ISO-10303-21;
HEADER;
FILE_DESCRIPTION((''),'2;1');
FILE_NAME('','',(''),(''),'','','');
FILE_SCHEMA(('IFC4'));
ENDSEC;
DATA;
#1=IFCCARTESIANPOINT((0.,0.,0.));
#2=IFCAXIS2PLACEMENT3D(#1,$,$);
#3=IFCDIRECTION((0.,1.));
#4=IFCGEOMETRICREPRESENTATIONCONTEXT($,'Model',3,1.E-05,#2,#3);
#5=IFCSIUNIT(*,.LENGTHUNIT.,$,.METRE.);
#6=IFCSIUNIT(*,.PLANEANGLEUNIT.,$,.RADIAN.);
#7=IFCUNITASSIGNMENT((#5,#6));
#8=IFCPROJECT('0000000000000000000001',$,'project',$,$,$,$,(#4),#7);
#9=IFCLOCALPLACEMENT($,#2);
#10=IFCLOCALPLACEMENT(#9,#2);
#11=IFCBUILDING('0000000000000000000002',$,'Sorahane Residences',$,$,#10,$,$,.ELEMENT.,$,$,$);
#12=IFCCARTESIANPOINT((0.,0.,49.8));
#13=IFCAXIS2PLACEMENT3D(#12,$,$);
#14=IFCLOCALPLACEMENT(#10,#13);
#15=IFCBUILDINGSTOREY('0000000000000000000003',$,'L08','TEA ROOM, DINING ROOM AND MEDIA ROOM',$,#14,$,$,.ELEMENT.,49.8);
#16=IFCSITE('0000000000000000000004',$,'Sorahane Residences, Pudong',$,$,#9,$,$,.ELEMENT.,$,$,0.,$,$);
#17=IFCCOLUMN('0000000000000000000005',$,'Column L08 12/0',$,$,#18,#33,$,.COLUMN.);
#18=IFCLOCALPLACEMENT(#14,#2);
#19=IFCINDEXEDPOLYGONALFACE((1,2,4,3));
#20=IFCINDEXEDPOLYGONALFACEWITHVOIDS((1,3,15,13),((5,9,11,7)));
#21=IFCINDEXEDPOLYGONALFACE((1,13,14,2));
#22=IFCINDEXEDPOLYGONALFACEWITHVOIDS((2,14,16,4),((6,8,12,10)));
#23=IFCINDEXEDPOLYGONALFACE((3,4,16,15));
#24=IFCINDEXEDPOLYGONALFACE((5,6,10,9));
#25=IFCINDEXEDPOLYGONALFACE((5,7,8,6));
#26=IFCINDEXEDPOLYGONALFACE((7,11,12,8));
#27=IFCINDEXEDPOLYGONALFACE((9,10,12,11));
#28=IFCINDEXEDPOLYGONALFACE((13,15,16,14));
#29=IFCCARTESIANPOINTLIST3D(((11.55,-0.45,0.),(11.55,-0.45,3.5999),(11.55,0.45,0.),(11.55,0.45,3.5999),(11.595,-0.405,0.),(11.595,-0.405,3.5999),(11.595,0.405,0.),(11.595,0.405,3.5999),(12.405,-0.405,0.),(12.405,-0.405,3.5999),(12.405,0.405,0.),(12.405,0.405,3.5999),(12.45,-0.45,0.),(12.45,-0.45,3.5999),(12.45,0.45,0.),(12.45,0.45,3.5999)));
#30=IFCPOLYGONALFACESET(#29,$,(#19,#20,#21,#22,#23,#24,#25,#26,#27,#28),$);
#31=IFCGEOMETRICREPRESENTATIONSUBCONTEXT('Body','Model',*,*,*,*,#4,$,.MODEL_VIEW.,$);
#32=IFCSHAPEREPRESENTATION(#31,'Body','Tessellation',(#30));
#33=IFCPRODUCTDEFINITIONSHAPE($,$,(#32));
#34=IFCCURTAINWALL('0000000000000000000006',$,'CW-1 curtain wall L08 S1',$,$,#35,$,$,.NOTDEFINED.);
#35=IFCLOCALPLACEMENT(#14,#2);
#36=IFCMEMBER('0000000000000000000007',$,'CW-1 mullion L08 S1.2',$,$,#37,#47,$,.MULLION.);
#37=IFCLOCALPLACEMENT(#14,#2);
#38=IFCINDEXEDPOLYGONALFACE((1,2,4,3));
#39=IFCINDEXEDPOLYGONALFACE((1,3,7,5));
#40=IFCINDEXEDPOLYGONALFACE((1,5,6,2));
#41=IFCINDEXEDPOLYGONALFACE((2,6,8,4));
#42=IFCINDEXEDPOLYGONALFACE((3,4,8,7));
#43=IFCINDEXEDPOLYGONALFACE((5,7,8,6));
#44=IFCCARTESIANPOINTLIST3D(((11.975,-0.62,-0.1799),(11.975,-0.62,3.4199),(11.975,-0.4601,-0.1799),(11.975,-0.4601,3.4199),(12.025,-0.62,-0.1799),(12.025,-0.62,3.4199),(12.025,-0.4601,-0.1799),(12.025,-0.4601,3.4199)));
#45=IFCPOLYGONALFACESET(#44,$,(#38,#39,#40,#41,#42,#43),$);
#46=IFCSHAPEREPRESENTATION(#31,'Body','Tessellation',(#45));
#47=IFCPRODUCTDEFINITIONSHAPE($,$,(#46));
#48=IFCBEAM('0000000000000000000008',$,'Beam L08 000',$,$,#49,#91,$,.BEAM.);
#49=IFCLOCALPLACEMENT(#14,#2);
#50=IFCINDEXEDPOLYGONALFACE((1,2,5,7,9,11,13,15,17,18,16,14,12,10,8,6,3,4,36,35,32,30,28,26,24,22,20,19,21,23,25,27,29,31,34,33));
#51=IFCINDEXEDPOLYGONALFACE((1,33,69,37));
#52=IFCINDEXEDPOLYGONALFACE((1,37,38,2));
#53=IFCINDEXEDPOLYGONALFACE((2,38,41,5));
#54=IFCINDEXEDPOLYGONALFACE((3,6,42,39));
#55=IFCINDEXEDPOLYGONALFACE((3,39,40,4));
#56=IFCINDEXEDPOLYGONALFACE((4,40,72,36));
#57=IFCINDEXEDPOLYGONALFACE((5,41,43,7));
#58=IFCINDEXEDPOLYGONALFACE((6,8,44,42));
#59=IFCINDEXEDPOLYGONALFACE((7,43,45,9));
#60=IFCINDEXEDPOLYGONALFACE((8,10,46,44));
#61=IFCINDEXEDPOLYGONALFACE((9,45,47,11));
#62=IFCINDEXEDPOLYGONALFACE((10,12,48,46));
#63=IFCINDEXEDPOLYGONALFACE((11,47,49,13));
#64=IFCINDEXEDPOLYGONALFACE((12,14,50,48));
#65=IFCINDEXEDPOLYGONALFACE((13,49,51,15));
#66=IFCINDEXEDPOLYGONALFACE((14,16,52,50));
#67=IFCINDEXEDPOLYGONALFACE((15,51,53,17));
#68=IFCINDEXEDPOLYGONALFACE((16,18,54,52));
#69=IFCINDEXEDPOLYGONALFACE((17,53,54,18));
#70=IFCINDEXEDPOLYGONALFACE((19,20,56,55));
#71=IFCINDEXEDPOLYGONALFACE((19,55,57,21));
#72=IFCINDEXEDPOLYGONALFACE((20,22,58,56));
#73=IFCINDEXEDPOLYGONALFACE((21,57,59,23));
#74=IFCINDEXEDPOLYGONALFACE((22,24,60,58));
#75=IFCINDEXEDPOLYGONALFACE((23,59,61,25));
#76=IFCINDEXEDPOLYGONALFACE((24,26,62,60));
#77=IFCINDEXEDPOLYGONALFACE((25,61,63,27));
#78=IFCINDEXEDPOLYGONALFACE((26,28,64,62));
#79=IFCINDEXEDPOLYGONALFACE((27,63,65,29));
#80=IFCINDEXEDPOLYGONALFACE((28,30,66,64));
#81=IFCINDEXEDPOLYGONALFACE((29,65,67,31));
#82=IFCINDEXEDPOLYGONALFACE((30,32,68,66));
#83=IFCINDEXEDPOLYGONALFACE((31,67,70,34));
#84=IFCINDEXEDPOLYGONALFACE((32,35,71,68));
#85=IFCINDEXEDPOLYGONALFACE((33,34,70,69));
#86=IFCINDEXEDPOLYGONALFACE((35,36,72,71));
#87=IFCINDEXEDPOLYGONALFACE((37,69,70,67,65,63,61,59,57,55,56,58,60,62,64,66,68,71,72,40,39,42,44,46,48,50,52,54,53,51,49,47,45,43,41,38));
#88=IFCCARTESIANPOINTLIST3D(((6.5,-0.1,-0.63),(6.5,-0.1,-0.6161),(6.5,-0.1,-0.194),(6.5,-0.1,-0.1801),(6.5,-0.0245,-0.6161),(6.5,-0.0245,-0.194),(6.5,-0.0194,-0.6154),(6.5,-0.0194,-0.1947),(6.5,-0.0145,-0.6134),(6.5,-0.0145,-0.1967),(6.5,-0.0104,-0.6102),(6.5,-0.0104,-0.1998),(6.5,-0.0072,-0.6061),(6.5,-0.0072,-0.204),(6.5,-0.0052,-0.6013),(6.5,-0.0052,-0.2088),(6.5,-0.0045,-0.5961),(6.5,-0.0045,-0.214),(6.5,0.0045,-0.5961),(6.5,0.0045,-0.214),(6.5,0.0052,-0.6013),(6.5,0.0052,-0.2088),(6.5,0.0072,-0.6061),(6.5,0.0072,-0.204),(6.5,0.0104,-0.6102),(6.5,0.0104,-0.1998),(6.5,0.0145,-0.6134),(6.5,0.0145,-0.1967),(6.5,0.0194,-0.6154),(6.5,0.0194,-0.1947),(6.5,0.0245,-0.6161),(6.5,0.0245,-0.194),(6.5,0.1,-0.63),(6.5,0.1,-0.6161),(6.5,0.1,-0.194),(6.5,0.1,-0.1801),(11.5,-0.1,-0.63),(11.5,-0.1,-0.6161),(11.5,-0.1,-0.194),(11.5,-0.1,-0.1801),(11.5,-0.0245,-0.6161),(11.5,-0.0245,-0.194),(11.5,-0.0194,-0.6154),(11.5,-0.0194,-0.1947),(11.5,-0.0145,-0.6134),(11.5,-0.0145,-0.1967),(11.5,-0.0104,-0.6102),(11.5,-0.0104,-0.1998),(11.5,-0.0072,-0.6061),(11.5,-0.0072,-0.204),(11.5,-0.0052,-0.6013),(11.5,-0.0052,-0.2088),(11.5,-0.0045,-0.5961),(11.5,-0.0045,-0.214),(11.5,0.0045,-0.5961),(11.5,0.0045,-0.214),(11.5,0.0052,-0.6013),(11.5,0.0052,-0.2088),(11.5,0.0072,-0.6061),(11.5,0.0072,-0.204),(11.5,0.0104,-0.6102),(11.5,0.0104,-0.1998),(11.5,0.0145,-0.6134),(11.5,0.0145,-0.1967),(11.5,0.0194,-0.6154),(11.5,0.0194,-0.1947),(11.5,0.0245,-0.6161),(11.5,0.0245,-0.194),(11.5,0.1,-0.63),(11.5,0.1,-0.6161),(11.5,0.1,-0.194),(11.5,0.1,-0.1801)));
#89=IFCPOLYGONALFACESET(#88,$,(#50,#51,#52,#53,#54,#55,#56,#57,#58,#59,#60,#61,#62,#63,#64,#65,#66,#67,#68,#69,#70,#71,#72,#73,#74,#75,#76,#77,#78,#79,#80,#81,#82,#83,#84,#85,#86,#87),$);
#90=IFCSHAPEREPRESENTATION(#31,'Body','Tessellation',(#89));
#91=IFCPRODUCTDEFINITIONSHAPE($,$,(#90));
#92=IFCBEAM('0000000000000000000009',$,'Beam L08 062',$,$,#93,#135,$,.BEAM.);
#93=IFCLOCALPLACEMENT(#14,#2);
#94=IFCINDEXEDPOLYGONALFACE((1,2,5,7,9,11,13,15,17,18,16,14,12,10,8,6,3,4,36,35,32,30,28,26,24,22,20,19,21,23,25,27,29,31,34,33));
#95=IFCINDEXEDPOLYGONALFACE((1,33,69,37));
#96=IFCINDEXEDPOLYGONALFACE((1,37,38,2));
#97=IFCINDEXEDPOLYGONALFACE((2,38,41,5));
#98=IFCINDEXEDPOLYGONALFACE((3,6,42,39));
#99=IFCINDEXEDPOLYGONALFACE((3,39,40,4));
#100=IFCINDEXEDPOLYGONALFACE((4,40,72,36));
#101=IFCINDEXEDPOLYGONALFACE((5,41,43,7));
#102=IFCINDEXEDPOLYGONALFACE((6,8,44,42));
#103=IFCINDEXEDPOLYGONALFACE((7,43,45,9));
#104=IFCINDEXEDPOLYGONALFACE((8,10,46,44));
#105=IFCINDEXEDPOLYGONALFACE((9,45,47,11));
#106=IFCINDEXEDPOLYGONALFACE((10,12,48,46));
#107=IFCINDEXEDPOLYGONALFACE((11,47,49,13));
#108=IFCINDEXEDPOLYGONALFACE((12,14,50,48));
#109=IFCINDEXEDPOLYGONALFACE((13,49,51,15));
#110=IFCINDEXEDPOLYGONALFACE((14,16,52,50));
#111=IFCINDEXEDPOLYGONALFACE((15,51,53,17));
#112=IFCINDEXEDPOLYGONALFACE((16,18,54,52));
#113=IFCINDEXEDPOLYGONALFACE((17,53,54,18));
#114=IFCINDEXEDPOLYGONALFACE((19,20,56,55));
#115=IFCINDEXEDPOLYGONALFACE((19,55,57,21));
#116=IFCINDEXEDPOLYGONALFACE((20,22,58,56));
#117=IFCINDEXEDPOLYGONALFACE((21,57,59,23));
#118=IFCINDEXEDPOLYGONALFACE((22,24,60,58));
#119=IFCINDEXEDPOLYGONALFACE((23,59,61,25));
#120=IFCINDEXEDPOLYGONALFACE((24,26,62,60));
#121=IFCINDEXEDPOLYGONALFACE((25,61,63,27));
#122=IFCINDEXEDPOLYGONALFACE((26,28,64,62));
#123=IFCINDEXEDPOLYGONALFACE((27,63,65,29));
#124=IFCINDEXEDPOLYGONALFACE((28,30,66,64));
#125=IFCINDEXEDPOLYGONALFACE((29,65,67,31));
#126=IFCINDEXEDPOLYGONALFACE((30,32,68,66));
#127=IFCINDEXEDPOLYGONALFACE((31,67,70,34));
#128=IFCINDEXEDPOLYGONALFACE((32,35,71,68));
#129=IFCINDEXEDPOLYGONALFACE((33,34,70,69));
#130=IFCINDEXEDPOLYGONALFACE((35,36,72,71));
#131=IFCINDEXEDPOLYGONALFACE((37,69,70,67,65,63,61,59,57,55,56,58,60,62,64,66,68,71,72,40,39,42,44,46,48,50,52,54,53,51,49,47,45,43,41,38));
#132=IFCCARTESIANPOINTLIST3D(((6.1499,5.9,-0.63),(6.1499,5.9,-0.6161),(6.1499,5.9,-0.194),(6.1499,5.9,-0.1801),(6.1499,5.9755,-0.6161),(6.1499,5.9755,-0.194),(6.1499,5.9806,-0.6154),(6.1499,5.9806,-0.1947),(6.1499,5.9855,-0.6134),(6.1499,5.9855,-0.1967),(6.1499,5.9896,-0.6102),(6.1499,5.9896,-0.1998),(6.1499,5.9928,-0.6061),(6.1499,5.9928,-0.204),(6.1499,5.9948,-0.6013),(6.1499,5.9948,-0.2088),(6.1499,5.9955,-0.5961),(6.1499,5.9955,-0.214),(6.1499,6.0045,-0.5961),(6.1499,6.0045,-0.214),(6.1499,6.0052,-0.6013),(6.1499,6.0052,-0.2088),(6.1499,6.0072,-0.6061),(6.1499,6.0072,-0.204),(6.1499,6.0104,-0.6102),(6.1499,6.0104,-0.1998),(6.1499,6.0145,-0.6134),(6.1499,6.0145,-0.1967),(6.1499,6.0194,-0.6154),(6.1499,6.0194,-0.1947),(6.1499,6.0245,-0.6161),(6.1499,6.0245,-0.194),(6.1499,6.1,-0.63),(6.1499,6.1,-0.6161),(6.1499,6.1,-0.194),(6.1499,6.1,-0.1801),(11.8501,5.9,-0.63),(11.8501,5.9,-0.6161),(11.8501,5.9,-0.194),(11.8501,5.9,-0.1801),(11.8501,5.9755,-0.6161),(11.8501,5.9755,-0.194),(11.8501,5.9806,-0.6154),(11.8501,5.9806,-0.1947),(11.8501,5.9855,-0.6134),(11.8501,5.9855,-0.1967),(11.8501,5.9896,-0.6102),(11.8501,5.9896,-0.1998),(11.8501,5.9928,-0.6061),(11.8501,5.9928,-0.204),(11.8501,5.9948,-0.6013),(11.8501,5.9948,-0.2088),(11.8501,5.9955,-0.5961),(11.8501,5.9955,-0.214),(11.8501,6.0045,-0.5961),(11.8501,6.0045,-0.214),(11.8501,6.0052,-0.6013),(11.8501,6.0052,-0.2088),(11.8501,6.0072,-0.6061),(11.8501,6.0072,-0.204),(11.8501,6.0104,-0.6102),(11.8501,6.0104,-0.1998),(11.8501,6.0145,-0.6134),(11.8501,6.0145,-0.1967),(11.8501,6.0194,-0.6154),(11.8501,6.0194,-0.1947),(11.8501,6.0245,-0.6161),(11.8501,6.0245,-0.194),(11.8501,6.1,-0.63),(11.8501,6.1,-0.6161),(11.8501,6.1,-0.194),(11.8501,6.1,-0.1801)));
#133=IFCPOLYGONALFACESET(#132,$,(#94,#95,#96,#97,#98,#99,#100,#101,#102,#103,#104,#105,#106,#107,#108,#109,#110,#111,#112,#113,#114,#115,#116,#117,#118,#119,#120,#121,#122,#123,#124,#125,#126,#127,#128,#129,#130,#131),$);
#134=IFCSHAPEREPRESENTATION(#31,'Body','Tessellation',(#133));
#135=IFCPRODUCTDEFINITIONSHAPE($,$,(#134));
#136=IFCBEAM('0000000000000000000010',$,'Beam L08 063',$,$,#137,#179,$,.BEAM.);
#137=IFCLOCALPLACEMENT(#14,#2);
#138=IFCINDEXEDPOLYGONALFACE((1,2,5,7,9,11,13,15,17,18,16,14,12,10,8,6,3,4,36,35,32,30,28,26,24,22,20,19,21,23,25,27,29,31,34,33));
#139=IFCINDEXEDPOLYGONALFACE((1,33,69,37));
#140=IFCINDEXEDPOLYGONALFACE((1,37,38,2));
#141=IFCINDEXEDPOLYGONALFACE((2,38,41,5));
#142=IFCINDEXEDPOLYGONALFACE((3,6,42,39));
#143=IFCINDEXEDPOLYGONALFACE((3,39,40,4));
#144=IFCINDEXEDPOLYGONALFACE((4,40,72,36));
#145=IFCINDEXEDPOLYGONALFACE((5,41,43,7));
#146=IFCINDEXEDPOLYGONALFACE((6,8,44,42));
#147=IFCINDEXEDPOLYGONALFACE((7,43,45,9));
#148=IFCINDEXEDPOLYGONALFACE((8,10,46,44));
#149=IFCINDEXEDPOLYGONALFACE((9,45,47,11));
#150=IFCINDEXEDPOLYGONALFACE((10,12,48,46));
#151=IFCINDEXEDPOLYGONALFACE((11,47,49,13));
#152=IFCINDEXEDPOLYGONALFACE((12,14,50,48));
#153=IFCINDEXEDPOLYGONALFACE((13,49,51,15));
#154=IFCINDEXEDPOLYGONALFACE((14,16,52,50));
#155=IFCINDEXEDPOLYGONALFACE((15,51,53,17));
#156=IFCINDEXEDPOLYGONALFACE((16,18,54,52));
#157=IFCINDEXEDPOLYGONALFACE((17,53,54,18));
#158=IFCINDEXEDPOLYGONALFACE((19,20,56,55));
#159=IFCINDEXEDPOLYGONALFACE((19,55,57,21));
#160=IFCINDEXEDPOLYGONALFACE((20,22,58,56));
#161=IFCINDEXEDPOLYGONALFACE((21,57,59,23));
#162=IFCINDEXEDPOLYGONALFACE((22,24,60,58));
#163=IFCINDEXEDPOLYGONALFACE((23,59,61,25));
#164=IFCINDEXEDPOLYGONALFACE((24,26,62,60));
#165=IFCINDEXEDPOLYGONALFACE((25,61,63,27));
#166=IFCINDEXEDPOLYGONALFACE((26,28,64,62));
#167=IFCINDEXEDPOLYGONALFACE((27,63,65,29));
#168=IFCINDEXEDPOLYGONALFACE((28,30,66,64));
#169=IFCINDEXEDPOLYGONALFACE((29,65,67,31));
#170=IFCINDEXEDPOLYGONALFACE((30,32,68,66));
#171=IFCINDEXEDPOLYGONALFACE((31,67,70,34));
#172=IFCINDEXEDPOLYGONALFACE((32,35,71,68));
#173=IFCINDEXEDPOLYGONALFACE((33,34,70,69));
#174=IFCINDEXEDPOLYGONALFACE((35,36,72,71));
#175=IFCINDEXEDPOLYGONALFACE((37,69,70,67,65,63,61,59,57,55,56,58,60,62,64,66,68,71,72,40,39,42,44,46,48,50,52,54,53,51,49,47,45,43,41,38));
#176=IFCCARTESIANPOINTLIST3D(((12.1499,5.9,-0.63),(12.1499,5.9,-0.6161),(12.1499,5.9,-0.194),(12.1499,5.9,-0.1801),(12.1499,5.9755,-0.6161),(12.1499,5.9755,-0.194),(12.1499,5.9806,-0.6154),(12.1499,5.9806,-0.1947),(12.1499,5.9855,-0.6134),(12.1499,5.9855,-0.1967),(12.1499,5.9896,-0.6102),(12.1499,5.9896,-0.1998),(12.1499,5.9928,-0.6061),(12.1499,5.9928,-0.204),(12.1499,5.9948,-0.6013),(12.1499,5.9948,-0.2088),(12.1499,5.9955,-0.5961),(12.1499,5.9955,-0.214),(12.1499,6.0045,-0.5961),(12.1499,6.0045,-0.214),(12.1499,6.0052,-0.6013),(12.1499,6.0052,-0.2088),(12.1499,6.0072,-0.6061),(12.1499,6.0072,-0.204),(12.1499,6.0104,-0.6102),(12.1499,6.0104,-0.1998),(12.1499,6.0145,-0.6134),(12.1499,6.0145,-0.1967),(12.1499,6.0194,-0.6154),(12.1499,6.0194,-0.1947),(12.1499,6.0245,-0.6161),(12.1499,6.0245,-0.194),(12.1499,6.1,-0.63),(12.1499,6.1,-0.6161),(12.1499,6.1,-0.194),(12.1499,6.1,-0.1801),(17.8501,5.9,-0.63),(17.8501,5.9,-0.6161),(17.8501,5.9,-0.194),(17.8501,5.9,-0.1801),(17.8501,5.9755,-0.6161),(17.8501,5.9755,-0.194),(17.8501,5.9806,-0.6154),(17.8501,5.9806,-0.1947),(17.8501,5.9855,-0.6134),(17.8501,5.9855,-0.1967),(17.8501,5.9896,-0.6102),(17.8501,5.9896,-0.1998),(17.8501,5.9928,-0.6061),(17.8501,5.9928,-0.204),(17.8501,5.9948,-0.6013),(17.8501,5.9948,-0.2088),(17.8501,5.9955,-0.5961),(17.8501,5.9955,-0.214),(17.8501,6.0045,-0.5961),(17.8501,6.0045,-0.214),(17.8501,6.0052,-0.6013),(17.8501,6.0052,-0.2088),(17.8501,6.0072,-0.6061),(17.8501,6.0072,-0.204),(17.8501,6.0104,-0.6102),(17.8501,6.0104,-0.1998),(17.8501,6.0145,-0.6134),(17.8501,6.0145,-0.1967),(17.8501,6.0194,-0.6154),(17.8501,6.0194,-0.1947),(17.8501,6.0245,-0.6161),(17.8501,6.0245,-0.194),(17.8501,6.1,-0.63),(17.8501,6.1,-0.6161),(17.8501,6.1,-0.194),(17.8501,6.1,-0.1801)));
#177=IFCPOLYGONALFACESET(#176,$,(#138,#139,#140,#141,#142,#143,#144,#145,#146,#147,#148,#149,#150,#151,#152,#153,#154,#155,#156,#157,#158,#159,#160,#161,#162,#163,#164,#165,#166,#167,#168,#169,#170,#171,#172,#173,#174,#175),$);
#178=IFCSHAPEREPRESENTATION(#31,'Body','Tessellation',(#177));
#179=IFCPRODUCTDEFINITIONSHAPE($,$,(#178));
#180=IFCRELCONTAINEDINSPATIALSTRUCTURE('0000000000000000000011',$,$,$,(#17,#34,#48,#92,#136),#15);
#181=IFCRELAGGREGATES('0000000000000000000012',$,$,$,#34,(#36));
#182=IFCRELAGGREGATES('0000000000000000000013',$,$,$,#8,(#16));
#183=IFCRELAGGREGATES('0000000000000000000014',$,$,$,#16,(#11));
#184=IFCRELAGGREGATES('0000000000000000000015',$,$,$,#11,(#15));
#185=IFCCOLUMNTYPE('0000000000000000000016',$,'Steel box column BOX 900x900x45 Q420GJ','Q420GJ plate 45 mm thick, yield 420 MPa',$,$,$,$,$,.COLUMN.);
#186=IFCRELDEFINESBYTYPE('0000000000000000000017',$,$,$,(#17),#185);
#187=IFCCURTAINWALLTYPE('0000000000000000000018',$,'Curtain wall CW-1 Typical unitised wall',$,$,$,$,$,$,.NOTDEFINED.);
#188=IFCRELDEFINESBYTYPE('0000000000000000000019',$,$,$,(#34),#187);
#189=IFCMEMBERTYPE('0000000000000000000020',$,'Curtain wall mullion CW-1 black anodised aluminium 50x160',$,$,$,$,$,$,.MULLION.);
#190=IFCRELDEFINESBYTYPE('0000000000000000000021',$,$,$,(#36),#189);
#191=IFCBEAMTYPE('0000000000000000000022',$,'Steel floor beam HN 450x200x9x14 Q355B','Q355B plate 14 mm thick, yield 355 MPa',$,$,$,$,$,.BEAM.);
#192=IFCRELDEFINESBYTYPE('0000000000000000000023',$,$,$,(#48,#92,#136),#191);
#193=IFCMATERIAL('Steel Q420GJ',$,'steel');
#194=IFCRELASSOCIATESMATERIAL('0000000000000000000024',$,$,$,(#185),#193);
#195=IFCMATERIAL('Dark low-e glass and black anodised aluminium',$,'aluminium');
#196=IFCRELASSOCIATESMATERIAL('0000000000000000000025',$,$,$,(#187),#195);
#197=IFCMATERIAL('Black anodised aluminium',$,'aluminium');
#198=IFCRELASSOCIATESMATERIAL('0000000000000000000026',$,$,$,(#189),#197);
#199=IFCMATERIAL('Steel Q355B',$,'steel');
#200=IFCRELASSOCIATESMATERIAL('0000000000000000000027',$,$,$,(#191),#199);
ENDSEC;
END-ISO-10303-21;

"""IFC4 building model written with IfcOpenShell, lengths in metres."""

from ifc_helpers import new_model, si_unit, direction, frame, origin, origin_2d, place, context, subcontext, project, spatial, rectangle, hollow_rectangle, i_section, extrude, material, material_profile, profile_set, type_object, element, aggregate, save


model = new_model("IFC4")

# Units and contexts
model_context = context("Model", 3, precision=1e-05, world=origin(), true_north=direction((0.0, 1.0)))
body_context = subcontext(model_context, "Body", "Model", "MODEL_VIEW")
ifc_project = project(units=[si_unit("LENGTHUNIT", "METRE"), si_unit("PLANEANGLEUNIT", "RADIAN")], contexts=[model_context])

# Site, building, storey
site_placement = place(None, origin())
site = spatial("IfcSite", under=ifc_project, at=site_placement, Name="Sorahane Residences, Pudong", CompositionType="ELEMENT", RefElevation=0.0)
building_placement = place(site_placement, origin())
building = spatial("IfcBuilding", under=site, at=building_placement, Name="Sorahane Residences", CompositionType="ELEMENT")
storey_placement = place(building_placement, frame((0.0, 0.0, 49.8)))
storey = spatial("IfcBuildingStorey", under=building, at=storey_placement, Name="L08", Description="TEA ROOM, DINING ROOM AND MEDIA ROOM", CompositionType="ELEMENT", Elevation=49.8)

# Column
ifc_material_1 = material(Name="Steel Q420GJ", Category="steel")
ifc_material_profile_1 = material_profile(ifc_material_1, hollow_rectangle(XDim=0.8999, YDim=0.8999, WallThickness=0.0449, at=origin_2d()), Name="BOX 900x900x45")
ifc_profile_set_1 = profile_set([ifc_material_profile_1], Name="Steel Q420GJ")
column_type = type_object("IfcColumnType", Name="Steel box column BOX 900x900x45 Q420GJ", Description="Q420GJ plate 45 mm thick, yield 420 MPa", PredefinedType="COLUMN", material=ifc_profile_set_1)
column_placement = place(storey_placement, frame((12.0, 0.0, 0.0), z_axis=(0.0, 0.0, 1.0), x_axis=(1.0, 0.0, 0.0)))
element("IfcColumn", 1, at=column_placement, inside=storey, type_object=column_type, Name="Column L08 12/0", PredefinedType="COLUMN", context=body_context, shape_type="SweptSolid", body=[
    extrude(hollow_rectangle(XDim=0.8999, YDim=0.8999, WallThickness=0.0449, at=origin_2d()), origin(), (0.0, 0.0, 1.0), 3.5999),
])

# Curtain wall, member
ifc_material_2 = material(Name="Dark low-e glass and black anodised aluminium", Category="aluminium")
curtain_wall_type = type_object("IfcCurtainWallType", Name="Curtain wall CW-1 Typical unitised wall", PredefinedType="NOTDEFINED", material=ifc_material_2)
curtain_wall_placement = place(storey_placement, origin())
curtain_wall = element("IfcCurtainWall", 2, at=curtain_wall_placement, inside=storey, type_object=curtain_wall_type, Name="CW-1 curtain wall L08 S1", PredefinedType="NOTDEFINED")
ifc_material_3 = material(Name="Black anodised aluminium", Category="aluminium")
ifc_material_profile_2 = material_profile(ifc_material_3, rectangle(XDim=0.1599, YDim=0.05, at=origin_2d()), Name="Curtain wall mullion CW-1 black anodised aluminium 50x160")
ifc_profile_set_2 = profile_set([ifc_material_profile_2], Name="Black anodised aluminium")
member_type = type_object("IfcMemberType", Name="Curtain wall mullion CW-1 black anodised aluminium 50x160", PredefinedType="MULLION", material=ifc_profile_set_2)
member_placement = place(storey_placement, frame((12.0, -0.54, -0.1799), z_axis=(0.0, 0.0, 1.0), x_axis=(0.0, -1.0, 0.0)))
member = element("IfcMember", 3, at=member_placement, type_object=member_type, Name="CW-1 mullion L08 S1.2", PredefinedType="MULLION", context=body_context, shape_type="SweptSolid", body=[
    extrude(rectangle(XDim=0.1599, YDim=0.05, at=origin_2d()), origin(), (0.0, 0.0, 1.0), 3.5999),
])

# Beams
ifc_material_4 = material(Name="Steel Q355B", Category="steel")
ifc_material_profile_3 = material_profile(ifc_material_4, i_section(OverallWidth=0.2, OverallDepth=0.45, WebThickness=0.009, FlangeThickness=0.0139, FilletRadius=0.02, at=origin_2d()), Name="HN 450x200x9x14")
ifc_profile_set_3 = profile_set([ifc_material_profile_3], Name="Steel Q355B")
beam_type_1 = type_object("IfcBeamType", Name="Steel floor beam HN 450x200x9x14 Q355B", Description="Q355B plate 14 mm thick, yield 355 MPa", PredefinedType="BEAM", material=ifc_profile_set_3)
beam_1_placement = place(storey_placement, frame((6.5, 0.0, -0.405), z_axis=(1.0, 0.0, 0.0), x_axis=(0.0, 1.0, 0.0)))
element("IfcBeam", 4, at=beam_1_placement, inside=storey, type_object=beam_type_1, Name="Beam L08 000", PredefinedType="BEAM", context=body_context, shape_type="SweptSolid", body=[
    extrude(i_section(OverallWidth=0.2, OverallDepth=0.45, WebThickness=0.009, FlangeThickness=0.0139, FilletRadius=0.02, at=origin_2d()), origin(), (0.0, 0.0, 1.0), 5.0),
])
for number, where, z_axis, x_axis, name in (
    (5, (6.1499, 6.0, -0.405), (1.0, 0.0, 0.0), (0.0, 1.0, 0.0), "Beam L08 062"),
    (6, (12.1499, 6.0, -0.405), (1.0, 0.0, 0.0), (0.0, 1.0, 0.0), "Beam L08 063"),
):
    element("IfcBeam", number, at=place(storey_placement, frame(where, z_axis=z_axis, x_axis=x_axis)), inside=storey, type_object=beam_type_1, Name=name, PredefinedType="BEAM", context=body_context, shape_type="SweptSolid", body=[
        extrude(i_section(OverallWidth=0.2, OverallDepth=0.45, WebThickness=0.009, FlangeThickness=0.0139, FilletRadius=0.02, at=origin_2d()), origin(), (0.0, 0.0, 1.0), 5.7002),
    ])

aggregate(curtain_wall, [member])

save(model, "model.ifc")
